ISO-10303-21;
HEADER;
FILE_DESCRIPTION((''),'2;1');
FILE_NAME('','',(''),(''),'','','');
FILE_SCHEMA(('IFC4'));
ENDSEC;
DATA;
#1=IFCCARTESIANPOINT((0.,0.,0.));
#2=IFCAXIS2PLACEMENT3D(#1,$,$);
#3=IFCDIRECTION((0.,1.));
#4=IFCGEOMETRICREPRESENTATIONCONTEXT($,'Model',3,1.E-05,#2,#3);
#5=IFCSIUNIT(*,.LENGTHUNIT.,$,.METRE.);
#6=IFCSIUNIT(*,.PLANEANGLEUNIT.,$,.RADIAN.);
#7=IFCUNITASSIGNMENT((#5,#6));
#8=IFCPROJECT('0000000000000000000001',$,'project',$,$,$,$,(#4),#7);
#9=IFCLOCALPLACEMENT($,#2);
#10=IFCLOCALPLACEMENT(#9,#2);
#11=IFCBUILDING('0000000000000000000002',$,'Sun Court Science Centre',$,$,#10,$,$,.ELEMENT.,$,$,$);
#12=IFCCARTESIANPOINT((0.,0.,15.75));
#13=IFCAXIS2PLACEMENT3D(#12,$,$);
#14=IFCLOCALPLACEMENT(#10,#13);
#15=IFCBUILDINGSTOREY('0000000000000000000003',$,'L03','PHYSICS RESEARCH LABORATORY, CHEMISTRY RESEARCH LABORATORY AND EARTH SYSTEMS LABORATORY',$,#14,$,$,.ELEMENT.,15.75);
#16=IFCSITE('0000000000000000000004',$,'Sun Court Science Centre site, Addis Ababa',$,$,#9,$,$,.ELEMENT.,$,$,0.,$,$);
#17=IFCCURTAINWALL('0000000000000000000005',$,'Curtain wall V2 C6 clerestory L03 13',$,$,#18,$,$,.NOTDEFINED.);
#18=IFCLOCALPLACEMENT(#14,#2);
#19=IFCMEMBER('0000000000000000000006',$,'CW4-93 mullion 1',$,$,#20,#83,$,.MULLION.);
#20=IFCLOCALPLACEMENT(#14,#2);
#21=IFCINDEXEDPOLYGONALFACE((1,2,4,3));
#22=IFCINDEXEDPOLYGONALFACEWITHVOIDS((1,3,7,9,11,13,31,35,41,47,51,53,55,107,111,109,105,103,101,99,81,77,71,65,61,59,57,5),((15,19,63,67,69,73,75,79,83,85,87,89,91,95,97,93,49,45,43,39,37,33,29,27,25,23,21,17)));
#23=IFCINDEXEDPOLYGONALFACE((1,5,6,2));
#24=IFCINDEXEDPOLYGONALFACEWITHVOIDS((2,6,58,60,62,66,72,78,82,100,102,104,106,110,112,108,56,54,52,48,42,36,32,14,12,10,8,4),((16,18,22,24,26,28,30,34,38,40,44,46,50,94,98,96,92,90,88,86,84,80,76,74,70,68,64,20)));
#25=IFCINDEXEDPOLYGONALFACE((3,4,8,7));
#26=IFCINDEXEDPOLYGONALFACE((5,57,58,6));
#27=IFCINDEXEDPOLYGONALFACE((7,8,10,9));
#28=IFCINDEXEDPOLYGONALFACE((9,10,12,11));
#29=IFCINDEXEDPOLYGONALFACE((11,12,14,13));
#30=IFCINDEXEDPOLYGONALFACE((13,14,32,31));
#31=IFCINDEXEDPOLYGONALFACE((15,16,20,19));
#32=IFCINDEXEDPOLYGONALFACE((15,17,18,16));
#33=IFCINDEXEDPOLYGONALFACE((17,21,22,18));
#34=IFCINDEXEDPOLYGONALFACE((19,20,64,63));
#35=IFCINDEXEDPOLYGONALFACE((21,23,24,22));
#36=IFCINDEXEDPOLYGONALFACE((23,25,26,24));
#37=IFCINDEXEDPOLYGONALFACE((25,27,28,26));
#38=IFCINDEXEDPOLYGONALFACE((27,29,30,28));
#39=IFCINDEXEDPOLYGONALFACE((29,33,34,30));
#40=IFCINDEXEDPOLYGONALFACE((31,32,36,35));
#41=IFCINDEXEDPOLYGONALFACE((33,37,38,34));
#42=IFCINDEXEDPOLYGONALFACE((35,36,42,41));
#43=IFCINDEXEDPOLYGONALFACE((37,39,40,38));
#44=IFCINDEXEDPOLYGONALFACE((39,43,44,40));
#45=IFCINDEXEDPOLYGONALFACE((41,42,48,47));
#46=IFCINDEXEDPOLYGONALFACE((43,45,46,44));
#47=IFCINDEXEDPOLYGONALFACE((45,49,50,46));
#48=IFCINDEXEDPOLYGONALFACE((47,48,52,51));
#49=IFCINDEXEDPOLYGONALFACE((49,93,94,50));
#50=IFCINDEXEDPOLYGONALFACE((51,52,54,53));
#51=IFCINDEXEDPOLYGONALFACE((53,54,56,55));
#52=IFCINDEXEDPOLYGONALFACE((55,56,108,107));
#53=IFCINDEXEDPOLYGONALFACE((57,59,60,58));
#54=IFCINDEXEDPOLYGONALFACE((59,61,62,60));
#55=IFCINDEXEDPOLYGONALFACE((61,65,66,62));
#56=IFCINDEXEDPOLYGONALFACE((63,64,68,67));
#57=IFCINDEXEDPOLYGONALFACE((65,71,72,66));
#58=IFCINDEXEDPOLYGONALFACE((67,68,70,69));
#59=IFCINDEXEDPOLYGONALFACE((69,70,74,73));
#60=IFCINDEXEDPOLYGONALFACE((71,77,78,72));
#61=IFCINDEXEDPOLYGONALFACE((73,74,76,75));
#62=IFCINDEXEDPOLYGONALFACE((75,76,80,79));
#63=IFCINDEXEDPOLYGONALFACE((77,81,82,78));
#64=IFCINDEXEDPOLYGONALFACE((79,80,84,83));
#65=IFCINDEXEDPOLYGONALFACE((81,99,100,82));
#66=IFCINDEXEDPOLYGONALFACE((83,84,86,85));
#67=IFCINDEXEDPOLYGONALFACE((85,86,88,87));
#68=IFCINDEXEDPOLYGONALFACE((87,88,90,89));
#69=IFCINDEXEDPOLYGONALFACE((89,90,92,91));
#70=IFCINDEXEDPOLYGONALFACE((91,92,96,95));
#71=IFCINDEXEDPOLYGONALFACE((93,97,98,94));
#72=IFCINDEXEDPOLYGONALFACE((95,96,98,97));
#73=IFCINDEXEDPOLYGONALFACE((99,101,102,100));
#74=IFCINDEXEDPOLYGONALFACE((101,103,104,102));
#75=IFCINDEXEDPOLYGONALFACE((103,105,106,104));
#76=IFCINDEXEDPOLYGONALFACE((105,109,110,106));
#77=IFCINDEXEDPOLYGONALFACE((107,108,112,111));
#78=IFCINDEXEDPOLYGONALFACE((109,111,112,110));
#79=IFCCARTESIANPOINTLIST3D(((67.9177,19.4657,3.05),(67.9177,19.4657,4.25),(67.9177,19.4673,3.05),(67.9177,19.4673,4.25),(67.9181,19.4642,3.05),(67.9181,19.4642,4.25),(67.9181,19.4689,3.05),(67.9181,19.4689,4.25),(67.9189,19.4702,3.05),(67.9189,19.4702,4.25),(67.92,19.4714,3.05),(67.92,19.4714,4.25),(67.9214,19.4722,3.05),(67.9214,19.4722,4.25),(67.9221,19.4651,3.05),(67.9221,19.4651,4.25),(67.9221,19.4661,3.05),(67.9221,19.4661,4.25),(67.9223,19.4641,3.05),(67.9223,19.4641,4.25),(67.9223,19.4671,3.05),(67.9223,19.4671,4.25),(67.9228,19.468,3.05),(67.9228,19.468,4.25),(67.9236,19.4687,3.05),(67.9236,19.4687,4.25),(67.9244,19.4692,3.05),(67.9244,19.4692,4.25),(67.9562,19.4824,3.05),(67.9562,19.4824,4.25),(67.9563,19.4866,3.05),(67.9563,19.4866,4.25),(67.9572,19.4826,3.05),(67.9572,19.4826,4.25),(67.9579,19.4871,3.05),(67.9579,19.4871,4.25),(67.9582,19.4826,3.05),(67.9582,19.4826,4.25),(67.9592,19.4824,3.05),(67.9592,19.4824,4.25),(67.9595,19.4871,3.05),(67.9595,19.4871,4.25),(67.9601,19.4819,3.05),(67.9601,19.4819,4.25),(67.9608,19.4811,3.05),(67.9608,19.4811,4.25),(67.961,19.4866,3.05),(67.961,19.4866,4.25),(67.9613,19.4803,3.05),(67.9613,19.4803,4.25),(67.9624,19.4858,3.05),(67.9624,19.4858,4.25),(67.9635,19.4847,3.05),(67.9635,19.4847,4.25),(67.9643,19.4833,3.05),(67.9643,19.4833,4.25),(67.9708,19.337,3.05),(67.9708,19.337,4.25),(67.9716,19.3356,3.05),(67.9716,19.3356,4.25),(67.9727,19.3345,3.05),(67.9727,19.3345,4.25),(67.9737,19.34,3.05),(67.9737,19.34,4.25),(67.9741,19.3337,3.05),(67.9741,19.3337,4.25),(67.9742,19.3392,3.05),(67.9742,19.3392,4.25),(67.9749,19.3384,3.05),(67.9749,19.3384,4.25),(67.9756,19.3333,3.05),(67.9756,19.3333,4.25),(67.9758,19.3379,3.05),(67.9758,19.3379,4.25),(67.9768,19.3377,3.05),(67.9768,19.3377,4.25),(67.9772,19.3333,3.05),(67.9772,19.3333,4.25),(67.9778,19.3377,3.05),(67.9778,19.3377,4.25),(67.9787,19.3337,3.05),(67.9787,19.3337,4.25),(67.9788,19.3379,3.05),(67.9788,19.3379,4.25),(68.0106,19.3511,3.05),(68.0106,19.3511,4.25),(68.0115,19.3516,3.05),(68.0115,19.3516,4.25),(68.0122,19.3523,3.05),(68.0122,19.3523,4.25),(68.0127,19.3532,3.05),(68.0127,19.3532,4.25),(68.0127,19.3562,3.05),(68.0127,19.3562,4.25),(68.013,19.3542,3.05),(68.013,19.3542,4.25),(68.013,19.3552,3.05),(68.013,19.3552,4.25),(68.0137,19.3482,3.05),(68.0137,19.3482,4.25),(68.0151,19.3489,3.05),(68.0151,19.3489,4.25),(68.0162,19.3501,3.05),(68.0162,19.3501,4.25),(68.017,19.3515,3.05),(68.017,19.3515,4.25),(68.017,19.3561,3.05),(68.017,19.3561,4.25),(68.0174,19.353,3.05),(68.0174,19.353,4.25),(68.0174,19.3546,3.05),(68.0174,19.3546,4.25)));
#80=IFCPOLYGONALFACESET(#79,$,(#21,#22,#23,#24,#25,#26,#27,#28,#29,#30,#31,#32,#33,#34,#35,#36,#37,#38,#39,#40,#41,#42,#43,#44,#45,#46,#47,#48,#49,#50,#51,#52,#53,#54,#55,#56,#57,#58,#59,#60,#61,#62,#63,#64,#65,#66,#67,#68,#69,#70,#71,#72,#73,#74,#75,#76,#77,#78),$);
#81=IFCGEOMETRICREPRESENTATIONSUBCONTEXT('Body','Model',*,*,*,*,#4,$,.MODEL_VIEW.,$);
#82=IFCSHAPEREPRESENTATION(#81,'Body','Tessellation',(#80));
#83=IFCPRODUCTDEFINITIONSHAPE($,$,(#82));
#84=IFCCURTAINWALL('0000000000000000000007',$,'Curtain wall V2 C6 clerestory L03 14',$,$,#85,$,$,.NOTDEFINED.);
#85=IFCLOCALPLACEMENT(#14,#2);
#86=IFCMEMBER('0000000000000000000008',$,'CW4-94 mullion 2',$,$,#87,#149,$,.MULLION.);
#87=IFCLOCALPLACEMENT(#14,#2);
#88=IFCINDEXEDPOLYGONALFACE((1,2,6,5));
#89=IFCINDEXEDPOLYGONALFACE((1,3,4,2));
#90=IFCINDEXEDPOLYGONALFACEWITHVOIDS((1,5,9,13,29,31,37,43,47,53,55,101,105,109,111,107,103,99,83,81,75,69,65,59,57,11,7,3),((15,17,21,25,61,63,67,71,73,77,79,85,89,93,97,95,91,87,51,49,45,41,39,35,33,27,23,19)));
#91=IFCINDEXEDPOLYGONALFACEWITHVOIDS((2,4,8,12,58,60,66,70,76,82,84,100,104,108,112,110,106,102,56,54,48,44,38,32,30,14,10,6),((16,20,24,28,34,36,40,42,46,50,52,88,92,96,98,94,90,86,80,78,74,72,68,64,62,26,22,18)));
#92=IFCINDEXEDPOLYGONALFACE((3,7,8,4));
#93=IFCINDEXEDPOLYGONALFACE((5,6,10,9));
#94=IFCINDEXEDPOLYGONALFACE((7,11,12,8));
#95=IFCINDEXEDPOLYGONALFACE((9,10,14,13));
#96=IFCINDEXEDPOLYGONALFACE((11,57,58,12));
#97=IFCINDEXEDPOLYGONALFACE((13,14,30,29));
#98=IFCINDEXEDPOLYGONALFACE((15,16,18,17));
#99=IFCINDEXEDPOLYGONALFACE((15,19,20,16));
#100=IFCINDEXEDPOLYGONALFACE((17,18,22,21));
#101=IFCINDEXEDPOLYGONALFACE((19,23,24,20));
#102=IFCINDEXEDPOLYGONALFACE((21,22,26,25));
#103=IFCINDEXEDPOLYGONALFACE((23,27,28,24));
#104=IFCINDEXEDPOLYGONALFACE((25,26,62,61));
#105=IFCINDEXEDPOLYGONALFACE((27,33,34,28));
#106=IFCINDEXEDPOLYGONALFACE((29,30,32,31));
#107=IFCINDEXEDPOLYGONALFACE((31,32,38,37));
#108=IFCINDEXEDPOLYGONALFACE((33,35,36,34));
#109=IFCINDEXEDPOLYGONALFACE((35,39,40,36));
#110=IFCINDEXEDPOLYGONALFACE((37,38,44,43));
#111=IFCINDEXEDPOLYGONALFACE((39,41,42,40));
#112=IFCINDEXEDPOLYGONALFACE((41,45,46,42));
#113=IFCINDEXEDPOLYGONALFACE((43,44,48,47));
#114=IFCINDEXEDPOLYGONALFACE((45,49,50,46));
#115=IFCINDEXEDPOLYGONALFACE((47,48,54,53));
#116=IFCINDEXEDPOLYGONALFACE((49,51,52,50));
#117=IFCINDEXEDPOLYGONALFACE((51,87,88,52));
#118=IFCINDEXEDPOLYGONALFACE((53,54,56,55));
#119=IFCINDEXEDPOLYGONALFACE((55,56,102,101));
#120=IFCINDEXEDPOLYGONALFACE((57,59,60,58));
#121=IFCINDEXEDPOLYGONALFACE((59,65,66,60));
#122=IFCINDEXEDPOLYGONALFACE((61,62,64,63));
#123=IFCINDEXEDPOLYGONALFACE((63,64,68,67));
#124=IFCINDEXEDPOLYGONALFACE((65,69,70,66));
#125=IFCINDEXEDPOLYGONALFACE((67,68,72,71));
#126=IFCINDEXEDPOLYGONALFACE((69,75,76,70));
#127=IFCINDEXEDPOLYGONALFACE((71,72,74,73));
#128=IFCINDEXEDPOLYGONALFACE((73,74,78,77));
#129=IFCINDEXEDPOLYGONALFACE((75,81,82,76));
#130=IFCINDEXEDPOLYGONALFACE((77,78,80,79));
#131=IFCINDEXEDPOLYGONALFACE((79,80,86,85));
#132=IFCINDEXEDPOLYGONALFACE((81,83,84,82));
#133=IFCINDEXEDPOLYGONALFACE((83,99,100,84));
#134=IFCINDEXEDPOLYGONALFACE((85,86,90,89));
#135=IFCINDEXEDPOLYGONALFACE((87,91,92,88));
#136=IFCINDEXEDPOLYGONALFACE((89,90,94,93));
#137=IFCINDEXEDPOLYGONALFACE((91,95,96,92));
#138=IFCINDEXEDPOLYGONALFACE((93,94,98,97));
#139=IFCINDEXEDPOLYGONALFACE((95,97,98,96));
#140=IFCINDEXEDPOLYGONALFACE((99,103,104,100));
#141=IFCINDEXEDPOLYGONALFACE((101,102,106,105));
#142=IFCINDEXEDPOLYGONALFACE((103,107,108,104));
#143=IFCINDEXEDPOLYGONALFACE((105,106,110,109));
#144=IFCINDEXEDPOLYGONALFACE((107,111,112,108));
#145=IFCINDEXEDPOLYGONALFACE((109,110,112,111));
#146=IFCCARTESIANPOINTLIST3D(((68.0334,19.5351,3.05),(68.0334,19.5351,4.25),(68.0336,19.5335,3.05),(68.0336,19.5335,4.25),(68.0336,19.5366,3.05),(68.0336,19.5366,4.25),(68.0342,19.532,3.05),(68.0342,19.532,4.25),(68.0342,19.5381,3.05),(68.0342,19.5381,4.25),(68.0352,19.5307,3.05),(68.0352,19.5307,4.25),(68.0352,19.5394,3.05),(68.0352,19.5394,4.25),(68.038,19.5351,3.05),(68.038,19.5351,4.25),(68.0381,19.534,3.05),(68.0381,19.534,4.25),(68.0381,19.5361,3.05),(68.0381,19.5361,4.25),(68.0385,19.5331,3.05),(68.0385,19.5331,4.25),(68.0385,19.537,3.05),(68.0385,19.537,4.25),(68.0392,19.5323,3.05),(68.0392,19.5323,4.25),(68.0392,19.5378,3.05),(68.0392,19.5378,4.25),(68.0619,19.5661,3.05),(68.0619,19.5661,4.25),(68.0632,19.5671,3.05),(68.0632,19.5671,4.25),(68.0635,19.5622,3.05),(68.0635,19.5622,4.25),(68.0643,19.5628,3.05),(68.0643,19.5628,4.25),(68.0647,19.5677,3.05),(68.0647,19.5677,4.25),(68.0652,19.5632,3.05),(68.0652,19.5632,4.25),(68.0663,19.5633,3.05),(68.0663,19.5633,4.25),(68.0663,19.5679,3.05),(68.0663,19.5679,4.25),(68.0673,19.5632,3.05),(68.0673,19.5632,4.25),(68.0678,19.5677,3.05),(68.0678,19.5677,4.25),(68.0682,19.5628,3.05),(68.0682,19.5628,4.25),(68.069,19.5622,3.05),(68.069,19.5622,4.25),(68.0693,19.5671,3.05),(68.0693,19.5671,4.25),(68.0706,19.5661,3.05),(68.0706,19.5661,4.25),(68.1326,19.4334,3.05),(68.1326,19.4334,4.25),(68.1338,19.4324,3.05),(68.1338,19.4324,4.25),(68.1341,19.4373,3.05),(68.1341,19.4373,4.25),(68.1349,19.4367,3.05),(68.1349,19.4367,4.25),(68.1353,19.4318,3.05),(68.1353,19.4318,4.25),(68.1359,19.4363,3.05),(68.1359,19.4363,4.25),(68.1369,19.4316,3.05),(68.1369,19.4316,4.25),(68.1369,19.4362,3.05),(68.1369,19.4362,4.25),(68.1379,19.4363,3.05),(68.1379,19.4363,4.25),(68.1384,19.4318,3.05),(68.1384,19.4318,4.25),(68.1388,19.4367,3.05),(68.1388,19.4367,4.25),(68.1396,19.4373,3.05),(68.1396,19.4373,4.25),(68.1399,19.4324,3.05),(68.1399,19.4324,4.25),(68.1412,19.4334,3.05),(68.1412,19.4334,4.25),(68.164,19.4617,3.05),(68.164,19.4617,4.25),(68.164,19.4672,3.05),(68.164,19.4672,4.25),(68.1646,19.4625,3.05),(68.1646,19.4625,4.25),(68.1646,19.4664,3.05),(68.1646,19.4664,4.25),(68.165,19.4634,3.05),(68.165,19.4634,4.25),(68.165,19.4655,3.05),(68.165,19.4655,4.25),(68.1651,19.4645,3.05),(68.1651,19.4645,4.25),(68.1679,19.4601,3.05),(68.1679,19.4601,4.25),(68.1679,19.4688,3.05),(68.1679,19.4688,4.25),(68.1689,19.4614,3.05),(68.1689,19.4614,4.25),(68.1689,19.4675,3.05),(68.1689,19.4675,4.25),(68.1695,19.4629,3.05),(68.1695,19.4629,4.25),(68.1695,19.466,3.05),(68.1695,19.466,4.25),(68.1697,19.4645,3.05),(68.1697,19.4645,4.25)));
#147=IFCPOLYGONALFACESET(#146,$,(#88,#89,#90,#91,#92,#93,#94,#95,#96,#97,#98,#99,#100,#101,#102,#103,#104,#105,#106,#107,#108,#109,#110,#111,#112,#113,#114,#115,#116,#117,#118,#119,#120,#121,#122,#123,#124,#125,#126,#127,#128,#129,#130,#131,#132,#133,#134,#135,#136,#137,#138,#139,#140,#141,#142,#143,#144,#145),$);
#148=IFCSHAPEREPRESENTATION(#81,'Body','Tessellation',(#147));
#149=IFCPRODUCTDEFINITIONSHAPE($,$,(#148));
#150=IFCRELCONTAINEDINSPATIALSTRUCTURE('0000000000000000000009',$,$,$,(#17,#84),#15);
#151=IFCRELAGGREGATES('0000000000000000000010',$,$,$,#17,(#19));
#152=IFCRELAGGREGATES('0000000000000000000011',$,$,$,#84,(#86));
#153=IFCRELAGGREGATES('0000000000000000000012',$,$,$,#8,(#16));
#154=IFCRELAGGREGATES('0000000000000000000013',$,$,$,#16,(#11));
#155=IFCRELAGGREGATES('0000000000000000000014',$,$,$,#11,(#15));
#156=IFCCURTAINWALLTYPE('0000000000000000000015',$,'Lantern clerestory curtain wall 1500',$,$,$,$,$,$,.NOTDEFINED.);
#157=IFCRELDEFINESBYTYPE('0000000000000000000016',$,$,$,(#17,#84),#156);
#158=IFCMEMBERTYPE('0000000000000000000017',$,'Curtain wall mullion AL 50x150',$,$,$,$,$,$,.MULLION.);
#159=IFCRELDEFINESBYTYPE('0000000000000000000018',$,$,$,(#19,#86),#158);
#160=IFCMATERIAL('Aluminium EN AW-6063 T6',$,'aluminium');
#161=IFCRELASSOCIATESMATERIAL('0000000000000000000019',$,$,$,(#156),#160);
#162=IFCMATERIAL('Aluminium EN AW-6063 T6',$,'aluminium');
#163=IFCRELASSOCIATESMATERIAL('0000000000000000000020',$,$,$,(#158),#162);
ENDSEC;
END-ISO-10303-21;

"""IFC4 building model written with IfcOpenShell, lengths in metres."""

from ifc_helpers import new_model, si_unit, direction, frame, origin, origin_2d, place, context, subcontext, project, spatial, hollow_rectangle, extrude, material, material_profile, profile_set, type_object, element, aggregate, save


model = new_model("IFC4")

# Units and contexts
model_context = context("Model", 3, precision=1e-05, world=origin(), true_north=direction((0.0, 1.0)))
body_context = subcontext(model_context, "Body", "Model", "MODEL_VIEW")
ifc_project = project(units=[si_unit("LENGTHUNIT", "METRE"), si_unit("PLANEANGLEUNIT", "RADIAN")], contexts=[model_context])

# Site, building, storey
site_placement = place(None, origin())
site = spatial("IfcSite", under=ifc_project, at=site_placement, Name="Sun Court Science Centre site, Addis Ababa", CompositionType="ELEMENT", RefElevation=0.0)
building_placement = place(site_placement, origin())
building = spatial("IfcBuilding", under=site, at=building_placement, Name="Sun Court Science Centre", CompositionType="ELEMENT")
storey_placement = place(building_placement, frame((0.0, 0.0, 15.75)))
storey = spatial("IfcBuildingStorey", under=building, at=storey_placement, Name="L03", Description="PHYSICS RESEARCH LABORATORY, CHEMISTRY RESEARCH LABORATORY AND EARTH SYSTEMS LABORATORY", CompositionType="ELEMENT", Elevation=15.75)

# Curtain wall, member
ifc_material_1 = material(Name="Aluminium EN AW-6063 T6", Category="aluminium")
curtain_wall_type_1 = type_object("IfcCurtainWallType", Name="Lantern clerestory curtain wall 1500", PredefinedType="NOTDEFINED", material=ifc_material_1)
curtain_wall_1_placement = place(storey_placement, origin())
curtain_wall_1 = element("IfcCurtainWall", 1, at=curtain_wall_1_placement, inside=storey, type_object=curtain_wall_type_1, Name="Curtain wall V2 C6 clerestory L03 13", PredefinedType="NOTDEFINED")
ifc_material_2 = material(Name="Aluminium EN AW-6063 T6", Category="aluminium")
ifc_material_profile_1 = material_profile(ifc_material_2, hollow_rectangle(XDim=0.05, YDim=0.1499, WallThickness=0.0039, InnerFilletRadius=0.0039, OuterFilletRadius=0.0061, at=origin_2d()), Name="AL 50x150x4")
ifc_profile_set_1 = profile_set([ifc_material_profile_1], Name="Aluminium EN AW-6063 T6")
member_type_1 = type_object("IfcMemberType", Name="Curtain wall mullion AL 50x150", PredefinedType="MULLION", material=ifc_profile_set_1)
member_1_placement = place(storey_placement, frame((67.9675, 19.4102, 3.05), z_axis=(0.0, 0.0, 1.0), x_axis=(-0.92388, -0.382683, 0.0)))
member_1 = element("IfcMember", 2, at=member_1_placement, type_object=member_type_1, Name="CW4-93 mullion 1", PredefinedType="MULLION", context=body_context, shape_type="SweptSolid", body=[
    extrude(hollow_rectangle(XDim=0.05, YDim=0.1499, WallThickness=0.0039, InnerFilletRadius=0.0039, OuterFilletRadius=0.0061, at=origin_2d()), origin(), (0.0, 0.0, 1.0), 1.2),
])

# Curtain wall, member
curtain_wall_2_placement = place(storey_placement, origin())
curtain_wall_2 = element("IfcCurtainWall", 3, at=curtain_wall_2_placement, inside=storey, type_object=curtain_wall_type_1, Name="Curtain wall V2 C6 clerestory L03 14", PredefinedType="NOTDEFINED")
member_2_placement = place(storey_placement, frame((68.1016, 19.4998, 3.05), z_axis=(0.0, 0.0, 1.0), x_axis=(-0.707107, -0.707107, 0.0)))
member_2 = element("IfcMember", 4, at=member_2_placement, type_object=member_type_1, Name="CW4-94 mullion 2", PredefinedType="MULLION", context=body_context, shape_type="SweptSolid", body=[
    extrude(hollow_rectangle(XDim=0.05, YDim=0.1499, WallThickness=0.0039, InnerFilletRadius=0.0039, OuterFilletRadius=0.0061, at=origin_2d()), origin(), (0.0, 0.0, 1.0), 1.2),
])

aggregate(curtain_wall_1, [member_1])

aggregate(curtain_wall_2, [member_2])

save(model, "model.ifc")
